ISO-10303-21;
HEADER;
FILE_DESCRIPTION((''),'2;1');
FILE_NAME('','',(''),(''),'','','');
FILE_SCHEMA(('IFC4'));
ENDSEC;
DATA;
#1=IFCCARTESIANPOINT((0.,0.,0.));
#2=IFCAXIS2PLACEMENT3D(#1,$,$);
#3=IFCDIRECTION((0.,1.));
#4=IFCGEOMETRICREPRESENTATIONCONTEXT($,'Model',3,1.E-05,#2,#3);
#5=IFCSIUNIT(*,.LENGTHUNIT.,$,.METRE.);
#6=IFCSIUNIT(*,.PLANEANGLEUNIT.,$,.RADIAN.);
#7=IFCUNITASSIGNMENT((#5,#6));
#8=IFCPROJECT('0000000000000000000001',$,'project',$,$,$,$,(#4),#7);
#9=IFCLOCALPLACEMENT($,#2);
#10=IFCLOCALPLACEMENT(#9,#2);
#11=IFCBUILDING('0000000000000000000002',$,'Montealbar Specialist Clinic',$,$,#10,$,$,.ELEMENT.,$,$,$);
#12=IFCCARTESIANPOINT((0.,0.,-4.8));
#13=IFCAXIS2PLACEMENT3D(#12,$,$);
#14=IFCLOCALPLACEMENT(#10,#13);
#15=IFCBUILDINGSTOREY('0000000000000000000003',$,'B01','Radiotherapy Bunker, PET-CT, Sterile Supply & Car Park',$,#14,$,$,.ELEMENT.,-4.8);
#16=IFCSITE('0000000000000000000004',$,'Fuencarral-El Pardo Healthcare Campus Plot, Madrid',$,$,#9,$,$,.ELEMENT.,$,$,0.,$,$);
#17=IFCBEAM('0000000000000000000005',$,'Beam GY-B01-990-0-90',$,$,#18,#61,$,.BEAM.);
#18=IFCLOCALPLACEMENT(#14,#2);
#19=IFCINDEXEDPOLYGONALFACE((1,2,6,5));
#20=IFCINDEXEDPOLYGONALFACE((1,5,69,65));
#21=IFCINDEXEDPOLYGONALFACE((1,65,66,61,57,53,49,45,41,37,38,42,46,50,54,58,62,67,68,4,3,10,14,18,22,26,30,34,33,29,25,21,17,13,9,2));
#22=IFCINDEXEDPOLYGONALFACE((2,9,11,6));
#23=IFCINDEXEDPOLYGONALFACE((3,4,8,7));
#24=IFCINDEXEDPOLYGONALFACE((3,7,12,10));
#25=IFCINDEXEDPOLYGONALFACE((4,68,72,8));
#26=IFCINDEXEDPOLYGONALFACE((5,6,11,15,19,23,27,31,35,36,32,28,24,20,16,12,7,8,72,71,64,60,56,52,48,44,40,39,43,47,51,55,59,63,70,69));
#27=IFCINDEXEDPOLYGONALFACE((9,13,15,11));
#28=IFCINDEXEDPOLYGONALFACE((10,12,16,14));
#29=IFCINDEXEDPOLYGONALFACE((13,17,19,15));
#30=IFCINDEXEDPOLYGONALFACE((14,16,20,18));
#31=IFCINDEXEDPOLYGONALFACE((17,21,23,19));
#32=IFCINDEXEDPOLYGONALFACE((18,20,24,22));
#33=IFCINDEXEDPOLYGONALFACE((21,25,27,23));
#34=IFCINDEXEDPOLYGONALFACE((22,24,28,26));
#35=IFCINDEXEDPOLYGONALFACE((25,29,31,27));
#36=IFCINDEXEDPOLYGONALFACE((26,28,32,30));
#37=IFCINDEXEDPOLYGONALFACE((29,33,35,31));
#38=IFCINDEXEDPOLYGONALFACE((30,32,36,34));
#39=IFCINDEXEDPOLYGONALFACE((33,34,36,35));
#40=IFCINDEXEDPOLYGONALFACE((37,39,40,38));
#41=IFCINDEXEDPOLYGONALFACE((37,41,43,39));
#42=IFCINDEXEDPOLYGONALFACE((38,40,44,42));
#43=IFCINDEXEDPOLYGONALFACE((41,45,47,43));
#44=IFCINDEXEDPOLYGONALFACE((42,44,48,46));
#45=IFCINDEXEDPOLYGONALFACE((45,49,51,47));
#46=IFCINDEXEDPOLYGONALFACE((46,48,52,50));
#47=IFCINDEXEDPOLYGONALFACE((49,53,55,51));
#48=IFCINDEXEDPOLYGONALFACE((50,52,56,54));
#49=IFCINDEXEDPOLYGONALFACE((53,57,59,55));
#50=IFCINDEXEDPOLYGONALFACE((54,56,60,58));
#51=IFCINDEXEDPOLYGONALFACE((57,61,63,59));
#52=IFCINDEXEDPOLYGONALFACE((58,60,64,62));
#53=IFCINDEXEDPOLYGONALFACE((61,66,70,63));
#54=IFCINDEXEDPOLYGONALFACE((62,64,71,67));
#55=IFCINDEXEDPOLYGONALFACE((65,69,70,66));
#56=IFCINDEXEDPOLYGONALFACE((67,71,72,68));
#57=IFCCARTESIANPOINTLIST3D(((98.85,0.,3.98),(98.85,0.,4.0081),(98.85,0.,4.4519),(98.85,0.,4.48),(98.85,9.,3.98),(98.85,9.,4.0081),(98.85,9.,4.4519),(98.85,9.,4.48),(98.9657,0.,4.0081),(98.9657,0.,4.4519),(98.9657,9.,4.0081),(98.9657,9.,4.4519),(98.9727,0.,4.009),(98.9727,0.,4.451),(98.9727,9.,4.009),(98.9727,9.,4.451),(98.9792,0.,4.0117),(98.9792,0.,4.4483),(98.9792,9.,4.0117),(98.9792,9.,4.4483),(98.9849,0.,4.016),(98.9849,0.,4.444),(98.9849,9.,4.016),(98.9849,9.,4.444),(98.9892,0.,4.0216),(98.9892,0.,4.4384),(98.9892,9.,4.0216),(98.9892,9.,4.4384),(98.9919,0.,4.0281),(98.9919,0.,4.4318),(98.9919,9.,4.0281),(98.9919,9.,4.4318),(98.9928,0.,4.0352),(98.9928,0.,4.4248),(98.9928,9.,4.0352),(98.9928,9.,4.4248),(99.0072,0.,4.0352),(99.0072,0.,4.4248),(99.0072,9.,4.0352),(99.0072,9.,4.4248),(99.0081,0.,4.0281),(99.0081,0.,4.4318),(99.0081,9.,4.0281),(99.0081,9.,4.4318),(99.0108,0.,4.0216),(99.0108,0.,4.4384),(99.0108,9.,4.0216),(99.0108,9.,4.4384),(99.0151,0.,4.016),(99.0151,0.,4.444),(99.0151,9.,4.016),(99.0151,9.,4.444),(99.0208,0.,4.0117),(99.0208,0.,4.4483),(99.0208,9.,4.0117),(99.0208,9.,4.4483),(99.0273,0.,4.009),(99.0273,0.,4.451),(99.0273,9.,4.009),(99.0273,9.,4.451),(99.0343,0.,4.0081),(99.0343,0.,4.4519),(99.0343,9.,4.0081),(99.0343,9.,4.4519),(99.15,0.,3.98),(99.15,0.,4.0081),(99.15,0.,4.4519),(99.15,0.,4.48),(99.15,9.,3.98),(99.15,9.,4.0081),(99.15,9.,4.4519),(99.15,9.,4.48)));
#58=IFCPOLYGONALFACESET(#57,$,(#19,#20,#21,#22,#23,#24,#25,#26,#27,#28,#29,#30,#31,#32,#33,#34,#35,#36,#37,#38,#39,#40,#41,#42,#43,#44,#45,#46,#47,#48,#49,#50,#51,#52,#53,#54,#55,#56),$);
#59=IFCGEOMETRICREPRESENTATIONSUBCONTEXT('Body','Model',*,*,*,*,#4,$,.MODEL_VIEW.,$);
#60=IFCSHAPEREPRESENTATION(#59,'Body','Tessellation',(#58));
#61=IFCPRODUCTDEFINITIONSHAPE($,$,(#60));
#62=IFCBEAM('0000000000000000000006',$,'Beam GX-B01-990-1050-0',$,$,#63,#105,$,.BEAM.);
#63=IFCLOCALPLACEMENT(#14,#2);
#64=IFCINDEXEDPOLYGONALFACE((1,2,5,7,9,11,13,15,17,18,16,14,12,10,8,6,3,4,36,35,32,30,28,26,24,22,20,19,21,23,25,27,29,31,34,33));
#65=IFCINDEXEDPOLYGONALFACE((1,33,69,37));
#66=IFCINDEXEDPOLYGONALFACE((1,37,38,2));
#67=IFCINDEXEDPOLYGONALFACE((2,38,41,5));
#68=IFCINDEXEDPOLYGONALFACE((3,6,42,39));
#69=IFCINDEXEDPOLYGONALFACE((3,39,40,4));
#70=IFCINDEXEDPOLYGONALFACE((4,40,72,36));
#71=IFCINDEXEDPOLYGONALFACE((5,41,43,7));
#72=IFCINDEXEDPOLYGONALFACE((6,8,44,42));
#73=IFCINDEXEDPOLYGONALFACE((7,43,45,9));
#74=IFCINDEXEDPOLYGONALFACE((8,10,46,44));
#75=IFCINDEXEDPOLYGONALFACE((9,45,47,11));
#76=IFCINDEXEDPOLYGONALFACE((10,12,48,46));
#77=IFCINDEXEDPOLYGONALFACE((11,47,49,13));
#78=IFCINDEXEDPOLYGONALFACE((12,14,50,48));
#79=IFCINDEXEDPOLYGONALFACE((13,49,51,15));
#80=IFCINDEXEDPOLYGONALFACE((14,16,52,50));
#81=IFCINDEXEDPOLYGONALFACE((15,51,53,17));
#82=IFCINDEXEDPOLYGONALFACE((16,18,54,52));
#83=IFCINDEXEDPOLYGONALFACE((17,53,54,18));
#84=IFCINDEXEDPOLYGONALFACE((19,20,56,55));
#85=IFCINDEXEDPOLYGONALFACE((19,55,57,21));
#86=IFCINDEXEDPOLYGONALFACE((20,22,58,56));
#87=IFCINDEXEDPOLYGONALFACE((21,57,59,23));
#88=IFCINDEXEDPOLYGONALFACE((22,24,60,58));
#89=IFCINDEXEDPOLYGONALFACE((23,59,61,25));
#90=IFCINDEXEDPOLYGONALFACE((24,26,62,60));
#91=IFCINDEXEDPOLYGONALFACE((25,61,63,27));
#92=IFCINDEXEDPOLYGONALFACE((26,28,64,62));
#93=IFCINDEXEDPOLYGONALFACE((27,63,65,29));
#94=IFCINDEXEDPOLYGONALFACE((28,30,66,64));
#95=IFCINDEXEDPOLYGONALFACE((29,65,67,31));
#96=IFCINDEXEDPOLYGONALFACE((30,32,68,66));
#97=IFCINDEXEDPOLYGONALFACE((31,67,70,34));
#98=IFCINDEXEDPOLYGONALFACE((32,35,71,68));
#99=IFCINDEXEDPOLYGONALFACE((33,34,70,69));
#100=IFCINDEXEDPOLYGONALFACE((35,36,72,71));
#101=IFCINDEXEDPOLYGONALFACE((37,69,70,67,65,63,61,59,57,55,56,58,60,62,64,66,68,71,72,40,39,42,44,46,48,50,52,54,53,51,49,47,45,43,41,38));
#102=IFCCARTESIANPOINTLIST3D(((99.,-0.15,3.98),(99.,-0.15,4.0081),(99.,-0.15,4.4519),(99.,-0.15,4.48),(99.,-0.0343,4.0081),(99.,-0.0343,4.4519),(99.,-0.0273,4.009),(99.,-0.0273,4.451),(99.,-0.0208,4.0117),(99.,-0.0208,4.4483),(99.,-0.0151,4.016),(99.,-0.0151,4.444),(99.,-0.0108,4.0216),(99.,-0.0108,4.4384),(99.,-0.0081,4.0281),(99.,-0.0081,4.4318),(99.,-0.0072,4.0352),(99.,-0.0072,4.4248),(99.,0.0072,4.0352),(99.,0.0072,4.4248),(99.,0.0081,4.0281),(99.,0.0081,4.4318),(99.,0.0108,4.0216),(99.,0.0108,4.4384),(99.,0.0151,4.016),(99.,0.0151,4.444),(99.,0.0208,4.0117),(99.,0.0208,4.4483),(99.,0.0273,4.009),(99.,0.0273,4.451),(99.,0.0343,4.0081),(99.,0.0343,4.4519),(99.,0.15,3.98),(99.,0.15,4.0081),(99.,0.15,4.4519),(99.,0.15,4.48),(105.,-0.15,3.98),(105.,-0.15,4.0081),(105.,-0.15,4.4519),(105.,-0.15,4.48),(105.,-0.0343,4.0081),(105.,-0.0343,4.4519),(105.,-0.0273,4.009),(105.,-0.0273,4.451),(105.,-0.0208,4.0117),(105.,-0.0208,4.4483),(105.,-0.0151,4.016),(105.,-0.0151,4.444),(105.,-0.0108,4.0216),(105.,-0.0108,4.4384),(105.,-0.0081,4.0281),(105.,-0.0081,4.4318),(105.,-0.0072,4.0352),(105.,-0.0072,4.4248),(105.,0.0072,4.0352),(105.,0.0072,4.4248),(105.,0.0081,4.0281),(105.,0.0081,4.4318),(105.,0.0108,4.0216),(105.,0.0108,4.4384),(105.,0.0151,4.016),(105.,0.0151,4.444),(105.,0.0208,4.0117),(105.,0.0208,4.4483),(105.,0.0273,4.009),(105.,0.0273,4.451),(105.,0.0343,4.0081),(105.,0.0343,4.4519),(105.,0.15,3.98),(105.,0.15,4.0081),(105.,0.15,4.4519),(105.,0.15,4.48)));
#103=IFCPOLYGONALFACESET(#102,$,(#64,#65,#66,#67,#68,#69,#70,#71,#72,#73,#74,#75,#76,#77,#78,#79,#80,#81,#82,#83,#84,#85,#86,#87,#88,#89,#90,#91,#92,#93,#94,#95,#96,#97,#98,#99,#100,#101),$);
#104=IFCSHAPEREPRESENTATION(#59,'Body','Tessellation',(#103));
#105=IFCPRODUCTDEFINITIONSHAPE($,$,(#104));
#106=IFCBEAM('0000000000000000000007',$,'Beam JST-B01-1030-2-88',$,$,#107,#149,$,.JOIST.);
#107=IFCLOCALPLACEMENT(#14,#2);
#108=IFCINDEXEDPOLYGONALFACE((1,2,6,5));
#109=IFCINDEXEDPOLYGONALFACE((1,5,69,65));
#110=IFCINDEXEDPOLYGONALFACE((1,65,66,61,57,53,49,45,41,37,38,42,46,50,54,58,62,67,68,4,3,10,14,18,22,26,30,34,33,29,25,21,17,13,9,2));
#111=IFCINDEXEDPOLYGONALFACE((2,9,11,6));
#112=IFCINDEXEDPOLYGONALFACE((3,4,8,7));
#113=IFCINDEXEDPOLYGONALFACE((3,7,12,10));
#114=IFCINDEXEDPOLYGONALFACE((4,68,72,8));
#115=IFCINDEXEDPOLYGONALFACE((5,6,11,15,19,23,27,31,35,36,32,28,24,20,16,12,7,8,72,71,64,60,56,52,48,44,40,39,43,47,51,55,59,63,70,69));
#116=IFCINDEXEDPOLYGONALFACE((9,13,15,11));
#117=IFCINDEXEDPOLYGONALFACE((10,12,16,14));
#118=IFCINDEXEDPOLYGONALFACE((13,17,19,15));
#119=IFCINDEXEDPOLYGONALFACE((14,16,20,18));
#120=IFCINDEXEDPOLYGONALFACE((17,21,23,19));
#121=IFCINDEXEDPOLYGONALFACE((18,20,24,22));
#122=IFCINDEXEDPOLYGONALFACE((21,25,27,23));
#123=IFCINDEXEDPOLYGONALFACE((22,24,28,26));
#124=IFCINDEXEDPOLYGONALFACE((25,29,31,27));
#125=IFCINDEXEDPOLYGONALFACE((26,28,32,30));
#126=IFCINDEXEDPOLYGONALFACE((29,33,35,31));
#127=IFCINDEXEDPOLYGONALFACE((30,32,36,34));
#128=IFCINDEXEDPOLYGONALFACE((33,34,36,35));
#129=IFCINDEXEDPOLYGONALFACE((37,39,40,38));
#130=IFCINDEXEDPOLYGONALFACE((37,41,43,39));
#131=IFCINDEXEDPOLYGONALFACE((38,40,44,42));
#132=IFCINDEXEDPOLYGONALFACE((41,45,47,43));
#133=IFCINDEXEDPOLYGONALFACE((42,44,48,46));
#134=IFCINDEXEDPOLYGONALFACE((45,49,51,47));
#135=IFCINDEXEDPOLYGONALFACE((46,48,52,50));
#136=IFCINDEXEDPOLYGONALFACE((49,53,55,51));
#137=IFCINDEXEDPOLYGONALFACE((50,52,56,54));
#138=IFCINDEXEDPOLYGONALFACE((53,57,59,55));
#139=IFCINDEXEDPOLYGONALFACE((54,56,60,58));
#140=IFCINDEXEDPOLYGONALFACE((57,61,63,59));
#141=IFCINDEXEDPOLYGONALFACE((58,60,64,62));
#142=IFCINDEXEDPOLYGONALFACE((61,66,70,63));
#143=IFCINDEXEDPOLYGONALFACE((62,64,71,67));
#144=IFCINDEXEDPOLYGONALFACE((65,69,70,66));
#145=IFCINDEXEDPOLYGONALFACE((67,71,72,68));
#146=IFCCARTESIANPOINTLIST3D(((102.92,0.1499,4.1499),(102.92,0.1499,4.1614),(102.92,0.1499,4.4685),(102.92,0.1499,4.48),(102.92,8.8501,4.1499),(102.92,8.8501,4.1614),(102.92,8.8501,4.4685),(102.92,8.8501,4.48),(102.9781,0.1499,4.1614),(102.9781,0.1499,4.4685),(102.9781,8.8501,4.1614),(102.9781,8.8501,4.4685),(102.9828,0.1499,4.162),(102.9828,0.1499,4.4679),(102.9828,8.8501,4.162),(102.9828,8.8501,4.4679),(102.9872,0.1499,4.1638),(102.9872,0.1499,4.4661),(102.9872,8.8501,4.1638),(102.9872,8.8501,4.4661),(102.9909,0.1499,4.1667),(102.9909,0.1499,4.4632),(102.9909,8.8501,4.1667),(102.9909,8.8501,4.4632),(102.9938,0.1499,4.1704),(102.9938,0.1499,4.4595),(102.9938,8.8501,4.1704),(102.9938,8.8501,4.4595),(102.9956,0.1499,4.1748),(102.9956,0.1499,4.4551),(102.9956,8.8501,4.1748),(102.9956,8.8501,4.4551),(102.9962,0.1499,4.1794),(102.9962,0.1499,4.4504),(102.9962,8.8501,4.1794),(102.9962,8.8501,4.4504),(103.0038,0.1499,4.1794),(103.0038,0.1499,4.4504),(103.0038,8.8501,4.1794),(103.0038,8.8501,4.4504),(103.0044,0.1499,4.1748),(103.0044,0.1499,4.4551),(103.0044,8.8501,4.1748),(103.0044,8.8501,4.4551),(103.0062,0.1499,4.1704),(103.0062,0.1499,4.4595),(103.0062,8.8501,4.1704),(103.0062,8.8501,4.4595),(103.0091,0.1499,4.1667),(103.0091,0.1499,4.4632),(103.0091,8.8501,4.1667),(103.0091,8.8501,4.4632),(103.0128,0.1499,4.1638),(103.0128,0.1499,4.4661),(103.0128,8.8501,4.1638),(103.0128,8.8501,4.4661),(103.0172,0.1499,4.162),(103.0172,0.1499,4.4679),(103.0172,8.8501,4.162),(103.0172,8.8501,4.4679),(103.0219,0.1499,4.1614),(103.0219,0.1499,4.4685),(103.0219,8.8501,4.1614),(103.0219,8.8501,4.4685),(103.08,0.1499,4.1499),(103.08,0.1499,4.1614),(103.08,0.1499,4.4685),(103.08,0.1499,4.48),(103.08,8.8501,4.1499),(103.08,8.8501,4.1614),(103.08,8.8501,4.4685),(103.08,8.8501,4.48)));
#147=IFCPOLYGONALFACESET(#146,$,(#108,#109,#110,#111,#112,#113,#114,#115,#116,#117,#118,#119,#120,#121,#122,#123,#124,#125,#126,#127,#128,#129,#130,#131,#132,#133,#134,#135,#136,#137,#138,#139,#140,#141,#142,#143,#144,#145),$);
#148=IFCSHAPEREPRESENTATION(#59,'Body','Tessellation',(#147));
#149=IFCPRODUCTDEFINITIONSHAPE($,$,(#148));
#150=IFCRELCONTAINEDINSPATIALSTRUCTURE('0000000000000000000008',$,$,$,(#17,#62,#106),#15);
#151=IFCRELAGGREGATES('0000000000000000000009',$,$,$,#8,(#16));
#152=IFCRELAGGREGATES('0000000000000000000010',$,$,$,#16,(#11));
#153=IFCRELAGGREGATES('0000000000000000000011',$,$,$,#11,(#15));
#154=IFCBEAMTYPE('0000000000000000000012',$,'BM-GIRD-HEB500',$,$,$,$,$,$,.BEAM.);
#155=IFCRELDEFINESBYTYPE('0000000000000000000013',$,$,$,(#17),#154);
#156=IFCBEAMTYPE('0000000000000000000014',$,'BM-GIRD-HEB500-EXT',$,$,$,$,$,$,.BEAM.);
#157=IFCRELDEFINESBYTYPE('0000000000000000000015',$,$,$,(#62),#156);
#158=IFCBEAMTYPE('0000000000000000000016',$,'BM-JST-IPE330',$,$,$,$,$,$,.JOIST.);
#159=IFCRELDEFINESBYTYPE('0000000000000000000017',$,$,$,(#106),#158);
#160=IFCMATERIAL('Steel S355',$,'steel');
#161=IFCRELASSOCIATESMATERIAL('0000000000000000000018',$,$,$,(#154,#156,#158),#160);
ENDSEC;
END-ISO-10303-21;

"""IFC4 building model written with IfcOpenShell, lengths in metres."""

from ifc_helpers import new_model, si_unit, direction, frame, origin, origin_2d, place, context, subcontext, project, spatial, i_section, extrude, material, material_profile, profile_set, type_object, element, save


model = new_model("IFC4")

# Units and contexts
model_context = context("Model", 3, precision=1e-05, world=origin(), true_north=direction((0.0, 1.0)))
body_context = subcontext(model_context, "Body", "Model", "MODEL_VIEW")
ifc_project = project(units=[si_unit("LENGTHUNIT", "METRE"), si_unit("PLANEANGLEUNIT", "RADIAN")], contexts=[model_context])

# Site, building, storey
site_placement = place(None, origin())
site = spatial("IfcSite", under=ifc_project, at=site_placement, Name="Fuencarral-El Pardo Healthcare Campus Plot, Madrid", CompositionType="ELEMENT", RefElevation=0.0)
building_placement = place(site_placement, origin())
building = spatial("IfcBuilding", under=site, at=building_placement, Name="Montealbar Specialist Clinic", CompositionType="ELEMENT")
storey_placement = place(building_placement, frame((0.0, 0.0, -4.8)))
storey = spatial("IfcBuildingStorey", under=building, at=storey_placement, Name="B01", Description="Radiotherapy Bunker, PET-CT, Sterile Supply & Car Park", CompositionType="ELEMENT", Elevation=-4.8)

# Shared definitions
ifc_material_1 = material(Name="Steel S355", Category="steel")

# Beams
ifc_material_profile_1 = material_profile(ifc_material_1, i_section(OverallWidth=0.3, OverallDepth=0.5, WebThickness=0.0144, FlangeThickness=0.0281, FilletRadius=0.0271, at=origin_2d()), Name="HEB 500", Category="steel")
ifc_profile_set_1 = profile_set([ifc_material_profile_1], Name="Steel S355")
beam_type_1 = type_object("IfcBeamType", Name="BM-GIRD-HEB500", PredefinedType="BEAM", material=ifc_profile_set_1)
for number, where, z_axis, x_axis, name in (
    (1, (99.0, 0.0, 4.23), (0.0, 1.0, 0.0), (-1.0, 0.0, 0.0), "Beam GY-B01-990-0-90"),
):
    element("IfcBeam", number, at=place(storey_placement, frame(where, z_axis=z_axis, x_axis=x_axis)), inside=storey, type_object=beam_type_1, Name=name, PredefinedType="BEAM", context=body_context, shape_type="SweptSolid", body=[
        extrude(i_section(OverallWidth=0.3, OverallDepth=0.5, WebThickness=0.0144, FlangeThickness=0.0281, FilletRadius=0.0271, at=origin_2d()), origin(), (0.0, 0.0, 1.0), 9.0),
    ])
ifc_material_profile_2 = material_profile(ifc_material_1, i_section(OverallWidth=0.3, OverallDepth=0.5, WebThickness=0.0144, FlangeThickness=0.0281, FilletRadius=0.0271, at=origin_2d()), Name="HEB 500", Category="steel")
ifc_profile_set_2 = profile_set([ifc_material_profile_2], Name="Steel S355")
beam_type_2 = type_object("IfcBeamType", Name="BM-GIRD-HEB500-EXT", PredefinedType="BEAM", material=ifc_profile_set_2)
beam_1_placement = place(storey_placement, frame((99.0, 0.0, 4.23), z_axis=(1.0, 0.0, 0.0), x_axis=(0.0, 1.0, 0.0)))
element("IfcBeam", 2, at=beam_1_placement, inside=storey, type_object=beam_type_2, Name="Beam GX-B01-990-1050-0", PredefinedType="BEAM", context=body_context, shape_type="SweptSolid", body=[
    extrude(i_section(OverallWidth=0.3, OverallDepth=0.5, WebThickness=0.0144, FlangeThickness=0.0281, FilletRadius=0.0271, at=origin_2d()), origin(), (0.0, 0.0, 1.0), 6.0),
])
ifc_material_profile_3 = material_profile(ifc_material_1, i_section(OverallWidth=0.1599, OverallDepth=0.3301, WebThickness=0.0076, FlangeThickness=0.0115, FilletRadius=0.0181, at=origin_2d()), Name="IPE 330", Category="steel")
ifc_profile_set_3 = profile_set([ifc_material_profile_3], Name="Steel S355")
beam_type_3 = type_object("IfcBeamType", Name="BM-JST-IPE330", PredefinedType="JOIST", material=ifc_profile_set_3)
beam_2_placement = place(storey_placement, frame((103.0, 0.1499, 4.3149), z_axis=(0.0, 1.0, 0.0), x_axis=(-1.0, 0.0, 0.0)))
element("IfcBeam", 3, at=beam_2_placement, inside=storey, type_object=beam_type_3, Name="Beam JST-B01-1030-2-88", PredefinedType="JOIST", context=body_context, shape_type="SweptSolid", body=[
    extrude(i_section(OverallWidth=0.1599, OverallDepth=0.3301, WebThickness=0.0076, FlangeThickness=0.0115, FilletRadius=0.0181, at=origin_2d()), origin(), (0.0, 0.0, 1.0), 8.7002),
])

save(model, "model.ifc")
